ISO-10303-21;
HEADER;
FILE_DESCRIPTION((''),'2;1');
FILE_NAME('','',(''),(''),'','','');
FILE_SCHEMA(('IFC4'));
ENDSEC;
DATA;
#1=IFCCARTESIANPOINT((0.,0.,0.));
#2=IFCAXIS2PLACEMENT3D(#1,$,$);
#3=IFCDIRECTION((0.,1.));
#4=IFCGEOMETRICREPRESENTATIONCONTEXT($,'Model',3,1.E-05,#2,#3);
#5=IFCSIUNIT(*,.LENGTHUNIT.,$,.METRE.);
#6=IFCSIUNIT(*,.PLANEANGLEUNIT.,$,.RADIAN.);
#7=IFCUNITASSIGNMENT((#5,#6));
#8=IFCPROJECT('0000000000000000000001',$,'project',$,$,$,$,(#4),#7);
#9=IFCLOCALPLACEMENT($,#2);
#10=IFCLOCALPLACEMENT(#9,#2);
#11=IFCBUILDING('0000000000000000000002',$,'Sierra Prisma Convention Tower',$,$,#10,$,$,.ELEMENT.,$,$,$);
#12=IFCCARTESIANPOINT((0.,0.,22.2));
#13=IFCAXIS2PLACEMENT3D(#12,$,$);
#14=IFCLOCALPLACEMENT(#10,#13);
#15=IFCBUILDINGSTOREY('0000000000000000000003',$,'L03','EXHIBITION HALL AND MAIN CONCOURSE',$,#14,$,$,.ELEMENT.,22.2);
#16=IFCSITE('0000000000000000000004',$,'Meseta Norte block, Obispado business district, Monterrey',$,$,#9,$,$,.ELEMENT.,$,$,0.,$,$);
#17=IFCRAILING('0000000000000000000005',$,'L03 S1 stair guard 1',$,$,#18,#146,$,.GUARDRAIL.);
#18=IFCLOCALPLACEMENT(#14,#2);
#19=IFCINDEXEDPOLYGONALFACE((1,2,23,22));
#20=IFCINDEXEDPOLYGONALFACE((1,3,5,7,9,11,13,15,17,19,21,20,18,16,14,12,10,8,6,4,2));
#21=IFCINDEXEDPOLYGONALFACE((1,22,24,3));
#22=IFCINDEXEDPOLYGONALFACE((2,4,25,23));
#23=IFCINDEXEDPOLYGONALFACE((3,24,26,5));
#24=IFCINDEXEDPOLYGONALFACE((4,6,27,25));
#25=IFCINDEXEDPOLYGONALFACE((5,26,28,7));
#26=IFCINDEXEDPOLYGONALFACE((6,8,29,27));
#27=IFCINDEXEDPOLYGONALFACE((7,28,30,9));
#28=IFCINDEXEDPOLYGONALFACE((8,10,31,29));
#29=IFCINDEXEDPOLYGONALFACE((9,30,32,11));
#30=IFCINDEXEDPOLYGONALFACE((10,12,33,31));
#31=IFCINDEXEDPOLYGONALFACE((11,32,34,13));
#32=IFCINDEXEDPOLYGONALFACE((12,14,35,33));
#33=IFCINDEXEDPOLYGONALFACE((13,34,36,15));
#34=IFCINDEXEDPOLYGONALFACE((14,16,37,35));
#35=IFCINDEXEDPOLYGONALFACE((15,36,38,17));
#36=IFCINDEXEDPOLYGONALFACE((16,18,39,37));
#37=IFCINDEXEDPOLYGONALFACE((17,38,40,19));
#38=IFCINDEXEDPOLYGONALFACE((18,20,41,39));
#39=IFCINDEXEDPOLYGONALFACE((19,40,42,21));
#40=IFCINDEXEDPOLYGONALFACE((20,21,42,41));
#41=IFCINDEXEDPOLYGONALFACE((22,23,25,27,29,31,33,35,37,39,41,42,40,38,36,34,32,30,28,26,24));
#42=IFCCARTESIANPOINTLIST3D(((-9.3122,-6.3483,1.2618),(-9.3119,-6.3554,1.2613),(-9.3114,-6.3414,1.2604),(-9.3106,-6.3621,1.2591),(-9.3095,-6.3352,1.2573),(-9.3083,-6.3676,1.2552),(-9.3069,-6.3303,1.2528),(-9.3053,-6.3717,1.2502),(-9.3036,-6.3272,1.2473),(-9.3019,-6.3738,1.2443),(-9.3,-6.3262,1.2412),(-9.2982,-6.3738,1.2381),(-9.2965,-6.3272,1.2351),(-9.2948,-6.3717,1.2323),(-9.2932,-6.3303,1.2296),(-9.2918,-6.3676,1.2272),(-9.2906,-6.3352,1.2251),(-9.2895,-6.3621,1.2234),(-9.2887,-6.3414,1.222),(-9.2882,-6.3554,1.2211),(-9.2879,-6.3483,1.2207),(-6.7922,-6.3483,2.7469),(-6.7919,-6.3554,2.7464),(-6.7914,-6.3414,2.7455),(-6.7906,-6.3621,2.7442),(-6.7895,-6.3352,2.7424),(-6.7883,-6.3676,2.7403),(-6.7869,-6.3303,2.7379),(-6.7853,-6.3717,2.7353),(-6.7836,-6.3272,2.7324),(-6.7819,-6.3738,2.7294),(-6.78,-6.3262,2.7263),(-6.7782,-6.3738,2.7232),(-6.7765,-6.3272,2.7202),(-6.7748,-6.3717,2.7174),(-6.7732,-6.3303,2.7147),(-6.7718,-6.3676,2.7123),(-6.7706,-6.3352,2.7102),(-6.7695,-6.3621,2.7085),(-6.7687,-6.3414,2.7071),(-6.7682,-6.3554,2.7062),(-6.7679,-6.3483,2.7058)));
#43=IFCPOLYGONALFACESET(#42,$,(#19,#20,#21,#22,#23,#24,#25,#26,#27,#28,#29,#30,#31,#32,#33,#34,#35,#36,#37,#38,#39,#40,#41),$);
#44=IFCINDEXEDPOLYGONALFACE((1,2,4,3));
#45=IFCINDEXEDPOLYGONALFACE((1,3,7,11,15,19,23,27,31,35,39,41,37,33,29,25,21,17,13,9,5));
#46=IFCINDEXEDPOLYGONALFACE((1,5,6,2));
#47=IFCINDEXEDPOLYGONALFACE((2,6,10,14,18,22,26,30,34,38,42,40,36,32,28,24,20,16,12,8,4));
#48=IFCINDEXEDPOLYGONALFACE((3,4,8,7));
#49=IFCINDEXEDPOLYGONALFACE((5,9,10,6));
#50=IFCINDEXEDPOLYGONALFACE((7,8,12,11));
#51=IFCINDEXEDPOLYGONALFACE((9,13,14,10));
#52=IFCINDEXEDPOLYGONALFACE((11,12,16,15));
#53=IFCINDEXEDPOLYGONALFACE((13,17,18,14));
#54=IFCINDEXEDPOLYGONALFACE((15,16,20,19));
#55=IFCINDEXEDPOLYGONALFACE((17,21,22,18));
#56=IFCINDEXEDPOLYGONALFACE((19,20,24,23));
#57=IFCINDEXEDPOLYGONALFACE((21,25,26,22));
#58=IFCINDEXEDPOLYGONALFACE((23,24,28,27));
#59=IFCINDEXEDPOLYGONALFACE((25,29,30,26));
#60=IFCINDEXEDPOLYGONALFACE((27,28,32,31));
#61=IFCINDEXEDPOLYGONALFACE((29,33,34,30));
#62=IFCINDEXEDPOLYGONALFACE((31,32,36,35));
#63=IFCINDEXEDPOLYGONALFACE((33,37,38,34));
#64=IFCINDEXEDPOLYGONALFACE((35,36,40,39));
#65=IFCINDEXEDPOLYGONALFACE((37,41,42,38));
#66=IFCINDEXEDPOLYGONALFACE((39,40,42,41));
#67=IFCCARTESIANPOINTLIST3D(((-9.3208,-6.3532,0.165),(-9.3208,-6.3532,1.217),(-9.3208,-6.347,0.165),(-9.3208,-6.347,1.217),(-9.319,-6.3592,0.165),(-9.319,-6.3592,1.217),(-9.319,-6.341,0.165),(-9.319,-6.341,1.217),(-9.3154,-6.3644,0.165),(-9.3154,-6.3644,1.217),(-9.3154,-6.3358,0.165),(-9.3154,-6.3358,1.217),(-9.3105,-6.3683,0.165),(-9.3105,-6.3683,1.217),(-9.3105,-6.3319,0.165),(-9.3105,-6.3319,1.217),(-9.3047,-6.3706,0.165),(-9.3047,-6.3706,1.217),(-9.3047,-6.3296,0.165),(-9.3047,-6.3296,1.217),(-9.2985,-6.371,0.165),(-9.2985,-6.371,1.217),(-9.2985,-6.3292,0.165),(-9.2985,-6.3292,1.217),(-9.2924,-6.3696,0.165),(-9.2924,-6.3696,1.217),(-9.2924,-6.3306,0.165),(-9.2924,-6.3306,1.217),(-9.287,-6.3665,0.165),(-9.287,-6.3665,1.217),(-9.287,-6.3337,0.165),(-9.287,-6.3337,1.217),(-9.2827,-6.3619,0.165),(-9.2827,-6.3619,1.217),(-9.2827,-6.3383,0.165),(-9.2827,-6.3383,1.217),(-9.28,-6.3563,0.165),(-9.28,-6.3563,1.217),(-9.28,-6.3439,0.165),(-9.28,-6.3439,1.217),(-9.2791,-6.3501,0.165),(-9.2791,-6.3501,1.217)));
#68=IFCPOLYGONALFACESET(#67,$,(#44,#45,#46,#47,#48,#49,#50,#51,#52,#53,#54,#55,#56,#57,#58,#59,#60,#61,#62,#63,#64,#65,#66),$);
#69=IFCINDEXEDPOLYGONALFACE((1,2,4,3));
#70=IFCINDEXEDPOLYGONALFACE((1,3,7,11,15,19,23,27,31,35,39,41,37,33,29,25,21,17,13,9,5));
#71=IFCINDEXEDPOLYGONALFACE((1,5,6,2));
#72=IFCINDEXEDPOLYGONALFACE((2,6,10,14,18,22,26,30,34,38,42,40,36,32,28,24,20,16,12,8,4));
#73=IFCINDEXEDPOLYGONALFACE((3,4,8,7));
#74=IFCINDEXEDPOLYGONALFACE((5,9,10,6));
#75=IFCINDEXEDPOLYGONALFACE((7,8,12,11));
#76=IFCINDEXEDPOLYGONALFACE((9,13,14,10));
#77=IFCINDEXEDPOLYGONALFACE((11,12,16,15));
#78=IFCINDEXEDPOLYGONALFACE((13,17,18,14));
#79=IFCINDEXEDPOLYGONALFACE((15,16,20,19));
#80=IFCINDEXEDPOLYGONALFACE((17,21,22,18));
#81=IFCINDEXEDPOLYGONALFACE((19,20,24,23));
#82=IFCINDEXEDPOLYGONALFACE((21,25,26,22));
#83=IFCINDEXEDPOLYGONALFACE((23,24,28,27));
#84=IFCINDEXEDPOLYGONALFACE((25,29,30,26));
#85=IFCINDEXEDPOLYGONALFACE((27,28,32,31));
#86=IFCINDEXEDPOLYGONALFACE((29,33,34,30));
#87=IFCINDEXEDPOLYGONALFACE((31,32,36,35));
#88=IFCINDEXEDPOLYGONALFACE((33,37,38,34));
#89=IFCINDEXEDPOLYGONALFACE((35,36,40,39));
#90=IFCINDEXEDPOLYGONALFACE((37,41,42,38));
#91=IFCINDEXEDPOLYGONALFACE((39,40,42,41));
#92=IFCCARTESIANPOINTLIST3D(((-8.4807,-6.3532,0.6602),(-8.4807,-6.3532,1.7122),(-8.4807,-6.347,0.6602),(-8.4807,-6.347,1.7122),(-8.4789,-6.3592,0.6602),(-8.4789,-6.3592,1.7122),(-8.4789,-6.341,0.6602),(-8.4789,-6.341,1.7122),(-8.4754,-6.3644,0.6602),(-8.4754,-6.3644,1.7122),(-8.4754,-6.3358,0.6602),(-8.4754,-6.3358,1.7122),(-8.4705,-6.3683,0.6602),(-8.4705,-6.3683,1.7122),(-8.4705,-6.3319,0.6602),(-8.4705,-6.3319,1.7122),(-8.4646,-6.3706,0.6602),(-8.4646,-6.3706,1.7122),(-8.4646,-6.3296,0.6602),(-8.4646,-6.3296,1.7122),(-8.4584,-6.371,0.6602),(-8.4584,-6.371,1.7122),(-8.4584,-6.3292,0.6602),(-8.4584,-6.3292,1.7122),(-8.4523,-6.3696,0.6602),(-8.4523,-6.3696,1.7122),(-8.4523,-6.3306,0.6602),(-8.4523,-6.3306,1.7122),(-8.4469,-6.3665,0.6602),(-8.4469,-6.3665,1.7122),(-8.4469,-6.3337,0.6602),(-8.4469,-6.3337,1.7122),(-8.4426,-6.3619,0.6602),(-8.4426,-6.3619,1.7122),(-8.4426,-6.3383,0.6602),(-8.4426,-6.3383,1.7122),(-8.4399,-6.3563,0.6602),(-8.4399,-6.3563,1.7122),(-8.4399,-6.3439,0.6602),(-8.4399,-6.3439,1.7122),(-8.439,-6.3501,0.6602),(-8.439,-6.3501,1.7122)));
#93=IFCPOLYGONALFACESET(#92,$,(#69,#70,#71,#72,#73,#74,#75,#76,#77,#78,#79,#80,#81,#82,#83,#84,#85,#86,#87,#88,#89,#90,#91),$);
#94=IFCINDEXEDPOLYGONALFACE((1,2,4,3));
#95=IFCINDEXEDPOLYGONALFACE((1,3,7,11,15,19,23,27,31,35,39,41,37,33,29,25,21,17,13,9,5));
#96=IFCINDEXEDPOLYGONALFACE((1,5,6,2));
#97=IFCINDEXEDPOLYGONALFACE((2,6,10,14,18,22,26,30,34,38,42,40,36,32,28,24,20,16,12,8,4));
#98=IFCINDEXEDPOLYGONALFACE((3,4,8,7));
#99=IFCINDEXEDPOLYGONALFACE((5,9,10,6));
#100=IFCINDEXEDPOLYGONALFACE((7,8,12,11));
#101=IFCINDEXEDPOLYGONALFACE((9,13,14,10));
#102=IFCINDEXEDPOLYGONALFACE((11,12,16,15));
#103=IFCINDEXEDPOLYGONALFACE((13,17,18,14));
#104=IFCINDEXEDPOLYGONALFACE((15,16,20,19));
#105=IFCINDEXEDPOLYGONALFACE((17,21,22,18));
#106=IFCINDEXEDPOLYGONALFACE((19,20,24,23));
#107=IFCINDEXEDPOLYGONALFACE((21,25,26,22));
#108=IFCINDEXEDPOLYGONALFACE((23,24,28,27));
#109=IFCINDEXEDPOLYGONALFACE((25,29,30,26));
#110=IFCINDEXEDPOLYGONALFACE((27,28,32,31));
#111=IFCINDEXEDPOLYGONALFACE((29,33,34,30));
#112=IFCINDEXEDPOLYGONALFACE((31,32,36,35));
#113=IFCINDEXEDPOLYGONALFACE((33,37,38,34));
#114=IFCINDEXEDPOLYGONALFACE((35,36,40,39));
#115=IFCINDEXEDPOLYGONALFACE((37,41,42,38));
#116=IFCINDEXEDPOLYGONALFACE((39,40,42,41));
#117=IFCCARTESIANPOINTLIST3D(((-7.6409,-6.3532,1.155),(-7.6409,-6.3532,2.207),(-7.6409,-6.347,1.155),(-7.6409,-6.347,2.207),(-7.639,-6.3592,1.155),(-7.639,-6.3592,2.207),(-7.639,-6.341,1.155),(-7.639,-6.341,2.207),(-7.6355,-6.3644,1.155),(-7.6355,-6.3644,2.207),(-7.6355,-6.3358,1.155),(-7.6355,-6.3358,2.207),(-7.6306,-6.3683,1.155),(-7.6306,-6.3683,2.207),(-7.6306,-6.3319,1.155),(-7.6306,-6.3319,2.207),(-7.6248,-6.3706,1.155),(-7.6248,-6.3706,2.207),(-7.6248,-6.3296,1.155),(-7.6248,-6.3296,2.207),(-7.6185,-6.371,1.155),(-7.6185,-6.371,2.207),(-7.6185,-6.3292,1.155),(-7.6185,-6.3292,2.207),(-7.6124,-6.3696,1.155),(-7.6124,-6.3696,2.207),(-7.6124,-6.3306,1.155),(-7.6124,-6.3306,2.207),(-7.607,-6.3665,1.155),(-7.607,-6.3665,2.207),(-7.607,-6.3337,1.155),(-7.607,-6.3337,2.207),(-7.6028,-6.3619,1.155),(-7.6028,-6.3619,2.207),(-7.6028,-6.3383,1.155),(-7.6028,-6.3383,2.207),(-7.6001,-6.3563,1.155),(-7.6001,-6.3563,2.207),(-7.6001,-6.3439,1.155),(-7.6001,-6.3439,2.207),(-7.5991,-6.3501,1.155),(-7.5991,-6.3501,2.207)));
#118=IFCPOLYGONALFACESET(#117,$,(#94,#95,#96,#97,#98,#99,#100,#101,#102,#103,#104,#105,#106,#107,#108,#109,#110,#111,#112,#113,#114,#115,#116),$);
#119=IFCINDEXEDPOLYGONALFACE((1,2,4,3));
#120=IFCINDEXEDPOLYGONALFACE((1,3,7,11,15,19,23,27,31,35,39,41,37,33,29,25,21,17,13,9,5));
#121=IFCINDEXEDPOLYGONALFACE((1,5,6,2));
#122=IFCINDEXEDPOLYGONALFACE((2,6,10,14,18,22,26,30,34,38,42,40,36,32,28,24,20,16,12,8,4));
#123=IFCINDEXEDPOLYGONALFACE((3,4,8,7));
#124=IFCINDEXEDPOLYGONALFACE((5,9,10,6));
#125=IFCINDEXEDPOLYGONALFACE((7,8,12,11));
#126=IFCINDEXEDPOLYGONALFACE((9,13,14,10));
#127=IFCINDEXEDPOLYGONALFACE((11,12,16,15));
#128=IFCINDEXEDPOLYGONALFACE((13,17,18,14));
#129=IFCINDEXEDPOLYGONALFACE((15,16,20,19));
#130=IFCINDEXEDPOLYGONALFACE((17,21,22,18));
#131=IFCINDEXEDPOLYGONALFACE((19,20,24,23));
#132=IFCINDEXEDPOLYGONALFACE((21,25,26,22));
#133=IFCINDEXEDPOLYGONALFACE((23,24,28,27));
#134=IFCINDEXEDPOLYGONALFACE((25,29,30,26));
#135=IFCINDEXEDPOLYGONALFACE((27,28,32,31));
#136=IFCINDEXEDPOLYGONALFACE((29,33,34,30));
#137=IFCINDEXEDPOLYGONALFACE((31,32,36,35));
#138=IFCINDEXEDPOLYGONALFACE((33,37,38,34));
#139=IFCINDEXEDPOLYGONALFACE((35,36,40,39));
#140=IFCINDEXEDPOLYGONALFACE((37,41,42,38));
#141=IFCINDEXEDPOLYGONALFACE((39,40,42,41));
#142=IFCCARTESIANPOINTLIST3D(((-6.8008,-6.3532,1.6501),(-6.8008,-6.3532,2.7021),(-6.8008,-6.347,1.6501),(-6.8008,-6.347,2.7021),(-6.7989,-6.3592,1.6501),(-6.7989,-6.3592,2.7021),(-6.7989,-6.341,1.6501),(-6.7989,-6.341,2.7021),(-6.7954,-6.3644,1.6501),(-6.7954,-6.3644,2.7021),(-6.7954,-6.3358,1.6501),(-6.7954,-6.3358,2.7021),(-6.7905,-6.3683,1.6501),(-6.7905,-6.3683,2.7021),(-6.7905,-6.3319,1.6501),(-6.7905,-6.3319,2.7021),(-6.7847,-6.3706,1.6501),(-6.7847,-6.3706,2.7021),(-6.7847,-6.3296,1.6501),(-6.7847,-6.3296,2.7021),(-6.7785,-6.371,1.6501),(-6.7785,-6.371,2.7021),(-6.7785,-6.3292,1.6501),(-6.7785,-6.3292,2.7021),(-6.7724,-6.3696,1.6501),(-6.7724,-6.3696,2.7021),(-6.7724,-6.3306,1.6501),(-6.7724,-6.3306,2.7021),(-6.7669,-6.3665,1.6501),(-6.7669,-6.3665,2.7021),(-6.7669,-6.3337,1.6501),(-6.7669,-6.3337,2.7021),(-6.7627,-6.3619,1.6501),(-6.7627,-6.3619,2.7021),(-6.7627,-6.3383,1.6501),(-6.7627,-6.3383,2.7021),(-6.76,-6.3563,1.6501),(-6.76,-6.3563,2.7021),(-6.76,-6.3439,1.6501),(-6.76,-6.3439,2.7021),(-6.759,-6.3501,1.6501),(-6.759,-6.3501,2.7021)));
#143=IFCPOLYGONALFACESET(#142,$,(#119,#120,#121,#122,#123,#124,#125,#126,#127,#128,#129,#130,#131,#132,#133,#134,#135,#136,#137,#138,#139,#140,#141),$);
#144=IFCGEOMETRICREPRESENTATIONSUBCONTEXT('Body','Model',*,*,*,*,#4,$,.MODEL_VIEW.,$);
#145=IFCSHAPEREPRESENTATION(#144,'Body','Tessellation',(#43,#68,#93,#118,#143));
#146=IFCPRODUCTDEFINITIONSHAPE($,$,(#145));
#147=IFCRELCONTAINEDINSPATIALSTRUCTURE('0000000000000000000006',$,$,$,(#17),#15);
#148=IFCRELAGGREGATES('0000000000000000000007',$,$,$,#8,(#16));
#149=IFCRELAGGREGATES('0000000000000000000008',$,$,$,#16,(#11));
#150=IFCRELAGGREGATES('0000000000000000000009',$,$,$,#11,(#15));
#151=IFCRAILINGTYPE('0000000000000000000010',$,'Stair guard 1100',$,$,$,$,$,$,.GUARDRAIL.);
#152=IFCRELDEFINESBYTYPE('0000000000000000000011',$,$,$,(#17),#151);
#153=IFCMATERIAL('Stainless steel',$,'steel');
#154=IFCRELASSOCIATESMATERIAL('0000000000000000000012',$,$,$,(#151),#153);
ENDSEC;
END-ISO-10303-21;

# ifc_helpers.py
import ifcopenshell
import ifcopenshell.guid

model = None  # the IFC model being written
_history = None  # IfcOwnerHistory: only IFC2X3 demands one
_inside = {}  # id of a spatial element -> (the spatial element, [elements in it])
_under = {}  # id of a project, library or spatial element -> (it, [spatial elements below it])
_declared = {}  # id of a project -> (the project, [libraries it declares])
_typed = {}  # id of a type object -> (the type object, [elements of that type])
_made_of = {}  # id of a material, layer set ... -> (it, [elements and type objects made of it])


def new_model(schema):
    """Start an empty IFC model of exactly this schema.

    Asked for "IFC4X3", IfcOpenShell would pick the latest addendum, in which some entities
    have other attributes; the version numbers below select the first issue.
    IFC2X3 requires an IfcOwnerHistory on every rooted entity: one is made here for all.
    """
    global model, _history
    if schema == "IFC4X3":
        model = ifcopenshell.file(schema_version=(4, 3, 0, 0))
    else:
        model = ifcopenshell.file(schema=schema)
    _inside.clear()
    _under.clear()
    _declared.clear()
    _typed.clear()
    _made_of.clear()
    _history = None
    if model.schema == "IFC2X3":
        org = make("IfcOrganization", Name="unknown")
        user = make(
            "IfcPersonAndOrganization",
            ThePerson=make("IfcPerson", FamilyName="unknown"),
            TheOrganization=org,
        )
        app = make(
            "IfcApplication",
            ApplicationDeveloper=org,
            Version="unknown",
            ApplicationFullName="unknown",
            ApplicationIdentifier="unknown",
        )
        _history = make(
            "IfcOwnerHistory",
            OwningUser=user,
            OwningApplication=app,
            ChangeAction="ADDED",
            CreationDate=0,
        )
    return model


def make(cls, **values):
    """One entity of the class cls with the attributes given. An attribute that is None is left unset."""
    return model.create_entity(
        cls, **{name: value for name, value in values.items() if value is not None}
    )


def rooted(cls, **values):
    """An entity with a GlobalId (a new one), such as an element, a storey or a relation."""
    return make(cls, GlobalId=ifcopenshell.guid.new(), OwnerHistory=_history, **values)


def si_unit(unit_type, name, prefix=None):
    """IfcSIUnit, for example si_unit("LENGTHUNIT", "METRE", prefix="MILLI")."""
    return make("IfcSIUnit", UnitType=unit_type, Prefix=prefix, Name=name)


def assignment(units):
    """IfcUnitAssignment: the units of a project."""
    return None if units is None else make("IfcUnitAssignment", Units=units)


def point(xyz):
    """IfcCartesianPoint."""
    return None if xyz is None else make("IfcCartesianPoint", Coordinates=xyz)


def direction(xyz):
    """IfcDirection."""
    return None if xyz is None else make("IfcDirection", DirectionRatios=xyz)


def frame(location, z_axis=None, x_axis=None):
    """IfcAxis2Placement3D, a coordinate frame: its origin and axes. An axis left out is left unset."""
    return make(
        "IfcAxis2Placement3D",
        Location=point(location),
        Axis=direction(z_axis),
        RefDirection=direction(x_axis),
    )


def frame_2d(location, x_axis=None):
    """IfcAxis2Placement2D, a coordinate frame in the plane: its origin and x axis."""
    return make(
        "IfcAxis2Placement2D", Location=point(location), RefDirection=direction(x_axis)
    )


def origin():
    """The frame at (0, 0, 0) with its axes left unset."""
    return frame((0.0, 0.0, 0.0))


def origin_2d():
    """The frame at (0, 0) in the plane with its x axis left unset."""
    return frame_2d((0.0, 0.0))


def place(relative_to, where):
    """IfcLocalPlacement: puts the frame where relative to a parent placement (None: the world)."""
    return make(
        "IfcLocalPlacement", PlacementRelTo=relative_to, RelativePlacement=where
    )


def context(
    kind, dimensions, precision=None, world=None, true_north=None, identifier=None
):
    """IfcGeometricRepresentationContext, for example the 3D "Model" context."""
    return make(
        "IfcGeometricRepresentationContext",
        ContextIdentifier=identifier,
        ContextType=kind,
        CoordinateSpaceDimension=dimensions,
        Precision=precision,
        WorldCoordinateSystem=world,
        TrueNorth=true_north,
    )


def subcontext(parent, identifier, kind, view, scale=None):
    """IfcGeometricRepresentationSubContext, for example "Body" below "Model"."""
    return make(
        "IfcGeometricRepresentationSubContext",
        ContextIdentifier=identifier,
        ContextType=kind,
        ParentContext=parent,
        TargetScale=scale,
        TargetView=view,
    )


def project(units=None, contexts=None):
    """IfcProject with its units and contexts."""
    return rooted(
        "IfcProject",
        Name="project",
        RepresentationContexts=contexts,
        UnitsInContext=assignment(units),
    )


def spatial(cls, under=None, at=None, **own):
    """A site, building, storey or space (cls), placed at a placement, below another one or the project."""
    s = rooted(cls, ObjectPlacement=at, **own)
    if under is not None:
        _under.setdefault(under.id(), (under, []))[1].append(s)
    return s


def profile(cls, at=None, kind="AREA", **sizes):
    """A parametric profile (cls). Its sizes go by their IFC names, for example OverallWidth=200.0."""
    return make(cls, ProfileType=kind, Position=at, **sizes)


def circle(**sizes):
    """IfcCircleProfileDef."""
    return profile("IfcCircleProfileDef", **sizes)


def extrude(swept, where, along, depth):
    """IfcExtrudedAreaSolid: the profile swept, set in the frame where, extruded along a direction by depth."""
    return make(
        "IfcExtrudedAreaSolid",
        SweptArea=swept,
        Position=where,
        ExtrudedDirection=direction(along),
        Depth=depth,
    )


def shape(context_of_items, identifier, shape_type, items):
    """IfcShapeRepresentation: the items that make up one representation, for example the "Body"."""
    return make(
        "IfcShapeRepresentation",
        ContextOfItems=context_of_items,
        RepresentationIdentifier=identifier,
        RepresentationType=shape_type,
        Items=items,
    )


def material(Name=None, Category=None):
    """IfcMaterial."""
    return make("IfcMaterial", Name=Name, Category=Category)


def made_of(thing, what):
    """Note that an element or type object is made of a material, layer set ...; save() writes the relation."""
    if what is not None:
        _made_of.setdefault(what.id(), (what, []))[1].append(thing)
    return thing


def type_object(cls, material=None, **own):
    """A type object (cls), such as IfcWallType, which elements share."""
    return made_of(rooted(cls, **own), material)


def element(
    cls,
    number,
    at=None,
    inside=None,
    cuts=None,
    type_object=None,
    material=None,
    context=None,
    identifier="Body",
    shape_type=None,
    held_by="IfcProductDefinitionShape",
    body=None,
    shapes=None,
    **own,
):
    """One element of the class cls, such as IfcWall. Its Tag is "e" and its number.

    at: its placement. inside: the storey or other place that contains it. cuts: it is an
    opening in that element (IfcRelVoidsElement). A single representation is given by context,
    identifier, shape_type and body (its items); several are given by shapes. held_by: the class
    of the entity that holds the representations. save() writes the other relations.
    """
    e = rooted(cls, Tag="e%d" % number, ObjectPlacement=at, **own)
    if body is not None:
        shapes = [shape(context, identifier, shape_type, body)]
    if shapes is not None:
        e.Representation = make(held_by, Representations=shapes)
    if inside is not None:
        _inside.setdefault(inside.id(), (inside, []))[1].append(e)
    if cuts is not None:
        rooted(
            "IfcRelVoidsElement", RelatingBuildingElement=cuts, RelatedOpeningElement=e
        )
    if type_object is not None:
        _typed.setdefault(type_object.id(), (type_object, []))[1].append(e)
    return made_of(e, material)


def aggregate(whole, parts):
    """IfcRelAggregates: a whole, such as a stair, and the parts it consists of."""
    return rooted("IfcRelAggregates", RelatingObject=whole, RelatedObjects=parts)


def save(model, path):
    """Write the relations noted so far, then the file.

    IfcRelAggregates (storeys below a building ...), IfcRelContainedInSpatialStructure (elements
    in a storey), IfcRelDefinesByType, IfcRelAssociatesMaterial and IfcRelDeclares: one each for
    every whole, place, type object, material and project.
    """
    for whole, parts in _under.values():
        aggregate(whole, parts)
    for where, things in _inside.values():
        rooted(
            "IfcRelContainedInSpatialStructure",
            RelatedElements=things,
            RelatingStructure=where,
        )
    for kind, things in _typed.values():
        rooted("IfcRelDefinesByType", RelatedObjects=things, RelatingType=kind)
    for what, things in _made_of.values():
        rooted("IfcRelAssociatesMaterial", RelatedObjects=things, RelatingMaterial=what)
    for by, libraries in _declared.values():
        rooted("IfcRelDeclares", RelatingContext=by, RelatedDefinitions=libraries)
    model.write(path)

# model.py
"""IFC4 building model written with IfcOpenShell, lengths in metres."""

from ifc_helpers import new_model, si_unit, direction, frame, origin, origin_2d, place, context, subcontext, project, spatial, circle, extrude, material, type_object, element, save


model = new_model("IFC4")

# Units and contexts
model_context = context("Model", 3, precision=1e-05, world=origin(), true_north=direction((0.0, 1.0)))
body_context = subcontext(model_context, "Body", "Model", "MODEL_VIEW")
ifc_project = project(units=[si_unit("LENGTHUNIT", "METRE"), si_unit("PLANEANGLEUNIT", "RADIAN")], contexts=[model_context])

# Site, building, storey
site_placement = place(None, origin())
site = spatial("IfcSite", under=ifc_project, at=site_placement, Name="Meseta Norte block, Obispado business district, Monterrey", CompositionType="ELEMENT", RefElevation=0.0)
building_placement = place(site_placement, origin())
building = spatial("IfcBuilding", under=site, at=building_placement, Name="Sierra Prisma Convention Tower", CompositionType="ELEMENT")
storey_placement = place(building_placement, frame((0.0, 0.0, 22.2)))
storey = spatial("IfcBuildingStorey", under=building, at=storey_placement, Name="L03", Description="EXHIBITION HALL AND MAIN CONCOURSE", CompositionType="ELEMENT", Elevation=22.2)

# Railing
ifc_material_1 = material(Name="Stainless steel", Category="steel")
railing_type_1 = type_object("IfcRailingType", Name="Stair guard 1100", PredefinedType="GUARDRAIL", material=ifc_material_1)
railing_1_placement = place(storey_placement, frame((-9.3, -6.3501, 0.165)))
element("IfcRailing", 1, at=railing_1_placement, inside=storey, type_object=railing_type_1, Name="L03 S1 stair guard 1", PredefinedType="GUARDRAIL", context=body_context, shape_type="SweptSolid", body=[
    extrude(circle(Radius=0.0239, at=origin_2d()), frame((0.0, 0.0, 1.0762), z_axis=(0.861524, 0.0, 0.507717), x_axis=(0.0, 1.0, 0.0)), (0.0, 0.0, 1.0), 2.925),
    extrude(circle(Radius=0.021, at=origin_2d()), origin(), (0.0, 0.0, 1.0), 1.052),
    extrude(circle(Radius=0.021, at=origin_2d()), frame((0.8401, 0.0, 0.4951)), (0.0, 0.0, 1.0), 1.052),
    extrude(circle(Radius=0.021, at=origin_2d()), frame((1.6799, 0.0, 0.99)), (0.0, 0.0, 1.0), 1.052),
    extrude(circle(Radius=0.021, at=origin_2d()), frame((2.52, 0.0, 1.4851)), (0.0, 0.0, 1.0), 1.052),
])

save(model, "model.ifc")
